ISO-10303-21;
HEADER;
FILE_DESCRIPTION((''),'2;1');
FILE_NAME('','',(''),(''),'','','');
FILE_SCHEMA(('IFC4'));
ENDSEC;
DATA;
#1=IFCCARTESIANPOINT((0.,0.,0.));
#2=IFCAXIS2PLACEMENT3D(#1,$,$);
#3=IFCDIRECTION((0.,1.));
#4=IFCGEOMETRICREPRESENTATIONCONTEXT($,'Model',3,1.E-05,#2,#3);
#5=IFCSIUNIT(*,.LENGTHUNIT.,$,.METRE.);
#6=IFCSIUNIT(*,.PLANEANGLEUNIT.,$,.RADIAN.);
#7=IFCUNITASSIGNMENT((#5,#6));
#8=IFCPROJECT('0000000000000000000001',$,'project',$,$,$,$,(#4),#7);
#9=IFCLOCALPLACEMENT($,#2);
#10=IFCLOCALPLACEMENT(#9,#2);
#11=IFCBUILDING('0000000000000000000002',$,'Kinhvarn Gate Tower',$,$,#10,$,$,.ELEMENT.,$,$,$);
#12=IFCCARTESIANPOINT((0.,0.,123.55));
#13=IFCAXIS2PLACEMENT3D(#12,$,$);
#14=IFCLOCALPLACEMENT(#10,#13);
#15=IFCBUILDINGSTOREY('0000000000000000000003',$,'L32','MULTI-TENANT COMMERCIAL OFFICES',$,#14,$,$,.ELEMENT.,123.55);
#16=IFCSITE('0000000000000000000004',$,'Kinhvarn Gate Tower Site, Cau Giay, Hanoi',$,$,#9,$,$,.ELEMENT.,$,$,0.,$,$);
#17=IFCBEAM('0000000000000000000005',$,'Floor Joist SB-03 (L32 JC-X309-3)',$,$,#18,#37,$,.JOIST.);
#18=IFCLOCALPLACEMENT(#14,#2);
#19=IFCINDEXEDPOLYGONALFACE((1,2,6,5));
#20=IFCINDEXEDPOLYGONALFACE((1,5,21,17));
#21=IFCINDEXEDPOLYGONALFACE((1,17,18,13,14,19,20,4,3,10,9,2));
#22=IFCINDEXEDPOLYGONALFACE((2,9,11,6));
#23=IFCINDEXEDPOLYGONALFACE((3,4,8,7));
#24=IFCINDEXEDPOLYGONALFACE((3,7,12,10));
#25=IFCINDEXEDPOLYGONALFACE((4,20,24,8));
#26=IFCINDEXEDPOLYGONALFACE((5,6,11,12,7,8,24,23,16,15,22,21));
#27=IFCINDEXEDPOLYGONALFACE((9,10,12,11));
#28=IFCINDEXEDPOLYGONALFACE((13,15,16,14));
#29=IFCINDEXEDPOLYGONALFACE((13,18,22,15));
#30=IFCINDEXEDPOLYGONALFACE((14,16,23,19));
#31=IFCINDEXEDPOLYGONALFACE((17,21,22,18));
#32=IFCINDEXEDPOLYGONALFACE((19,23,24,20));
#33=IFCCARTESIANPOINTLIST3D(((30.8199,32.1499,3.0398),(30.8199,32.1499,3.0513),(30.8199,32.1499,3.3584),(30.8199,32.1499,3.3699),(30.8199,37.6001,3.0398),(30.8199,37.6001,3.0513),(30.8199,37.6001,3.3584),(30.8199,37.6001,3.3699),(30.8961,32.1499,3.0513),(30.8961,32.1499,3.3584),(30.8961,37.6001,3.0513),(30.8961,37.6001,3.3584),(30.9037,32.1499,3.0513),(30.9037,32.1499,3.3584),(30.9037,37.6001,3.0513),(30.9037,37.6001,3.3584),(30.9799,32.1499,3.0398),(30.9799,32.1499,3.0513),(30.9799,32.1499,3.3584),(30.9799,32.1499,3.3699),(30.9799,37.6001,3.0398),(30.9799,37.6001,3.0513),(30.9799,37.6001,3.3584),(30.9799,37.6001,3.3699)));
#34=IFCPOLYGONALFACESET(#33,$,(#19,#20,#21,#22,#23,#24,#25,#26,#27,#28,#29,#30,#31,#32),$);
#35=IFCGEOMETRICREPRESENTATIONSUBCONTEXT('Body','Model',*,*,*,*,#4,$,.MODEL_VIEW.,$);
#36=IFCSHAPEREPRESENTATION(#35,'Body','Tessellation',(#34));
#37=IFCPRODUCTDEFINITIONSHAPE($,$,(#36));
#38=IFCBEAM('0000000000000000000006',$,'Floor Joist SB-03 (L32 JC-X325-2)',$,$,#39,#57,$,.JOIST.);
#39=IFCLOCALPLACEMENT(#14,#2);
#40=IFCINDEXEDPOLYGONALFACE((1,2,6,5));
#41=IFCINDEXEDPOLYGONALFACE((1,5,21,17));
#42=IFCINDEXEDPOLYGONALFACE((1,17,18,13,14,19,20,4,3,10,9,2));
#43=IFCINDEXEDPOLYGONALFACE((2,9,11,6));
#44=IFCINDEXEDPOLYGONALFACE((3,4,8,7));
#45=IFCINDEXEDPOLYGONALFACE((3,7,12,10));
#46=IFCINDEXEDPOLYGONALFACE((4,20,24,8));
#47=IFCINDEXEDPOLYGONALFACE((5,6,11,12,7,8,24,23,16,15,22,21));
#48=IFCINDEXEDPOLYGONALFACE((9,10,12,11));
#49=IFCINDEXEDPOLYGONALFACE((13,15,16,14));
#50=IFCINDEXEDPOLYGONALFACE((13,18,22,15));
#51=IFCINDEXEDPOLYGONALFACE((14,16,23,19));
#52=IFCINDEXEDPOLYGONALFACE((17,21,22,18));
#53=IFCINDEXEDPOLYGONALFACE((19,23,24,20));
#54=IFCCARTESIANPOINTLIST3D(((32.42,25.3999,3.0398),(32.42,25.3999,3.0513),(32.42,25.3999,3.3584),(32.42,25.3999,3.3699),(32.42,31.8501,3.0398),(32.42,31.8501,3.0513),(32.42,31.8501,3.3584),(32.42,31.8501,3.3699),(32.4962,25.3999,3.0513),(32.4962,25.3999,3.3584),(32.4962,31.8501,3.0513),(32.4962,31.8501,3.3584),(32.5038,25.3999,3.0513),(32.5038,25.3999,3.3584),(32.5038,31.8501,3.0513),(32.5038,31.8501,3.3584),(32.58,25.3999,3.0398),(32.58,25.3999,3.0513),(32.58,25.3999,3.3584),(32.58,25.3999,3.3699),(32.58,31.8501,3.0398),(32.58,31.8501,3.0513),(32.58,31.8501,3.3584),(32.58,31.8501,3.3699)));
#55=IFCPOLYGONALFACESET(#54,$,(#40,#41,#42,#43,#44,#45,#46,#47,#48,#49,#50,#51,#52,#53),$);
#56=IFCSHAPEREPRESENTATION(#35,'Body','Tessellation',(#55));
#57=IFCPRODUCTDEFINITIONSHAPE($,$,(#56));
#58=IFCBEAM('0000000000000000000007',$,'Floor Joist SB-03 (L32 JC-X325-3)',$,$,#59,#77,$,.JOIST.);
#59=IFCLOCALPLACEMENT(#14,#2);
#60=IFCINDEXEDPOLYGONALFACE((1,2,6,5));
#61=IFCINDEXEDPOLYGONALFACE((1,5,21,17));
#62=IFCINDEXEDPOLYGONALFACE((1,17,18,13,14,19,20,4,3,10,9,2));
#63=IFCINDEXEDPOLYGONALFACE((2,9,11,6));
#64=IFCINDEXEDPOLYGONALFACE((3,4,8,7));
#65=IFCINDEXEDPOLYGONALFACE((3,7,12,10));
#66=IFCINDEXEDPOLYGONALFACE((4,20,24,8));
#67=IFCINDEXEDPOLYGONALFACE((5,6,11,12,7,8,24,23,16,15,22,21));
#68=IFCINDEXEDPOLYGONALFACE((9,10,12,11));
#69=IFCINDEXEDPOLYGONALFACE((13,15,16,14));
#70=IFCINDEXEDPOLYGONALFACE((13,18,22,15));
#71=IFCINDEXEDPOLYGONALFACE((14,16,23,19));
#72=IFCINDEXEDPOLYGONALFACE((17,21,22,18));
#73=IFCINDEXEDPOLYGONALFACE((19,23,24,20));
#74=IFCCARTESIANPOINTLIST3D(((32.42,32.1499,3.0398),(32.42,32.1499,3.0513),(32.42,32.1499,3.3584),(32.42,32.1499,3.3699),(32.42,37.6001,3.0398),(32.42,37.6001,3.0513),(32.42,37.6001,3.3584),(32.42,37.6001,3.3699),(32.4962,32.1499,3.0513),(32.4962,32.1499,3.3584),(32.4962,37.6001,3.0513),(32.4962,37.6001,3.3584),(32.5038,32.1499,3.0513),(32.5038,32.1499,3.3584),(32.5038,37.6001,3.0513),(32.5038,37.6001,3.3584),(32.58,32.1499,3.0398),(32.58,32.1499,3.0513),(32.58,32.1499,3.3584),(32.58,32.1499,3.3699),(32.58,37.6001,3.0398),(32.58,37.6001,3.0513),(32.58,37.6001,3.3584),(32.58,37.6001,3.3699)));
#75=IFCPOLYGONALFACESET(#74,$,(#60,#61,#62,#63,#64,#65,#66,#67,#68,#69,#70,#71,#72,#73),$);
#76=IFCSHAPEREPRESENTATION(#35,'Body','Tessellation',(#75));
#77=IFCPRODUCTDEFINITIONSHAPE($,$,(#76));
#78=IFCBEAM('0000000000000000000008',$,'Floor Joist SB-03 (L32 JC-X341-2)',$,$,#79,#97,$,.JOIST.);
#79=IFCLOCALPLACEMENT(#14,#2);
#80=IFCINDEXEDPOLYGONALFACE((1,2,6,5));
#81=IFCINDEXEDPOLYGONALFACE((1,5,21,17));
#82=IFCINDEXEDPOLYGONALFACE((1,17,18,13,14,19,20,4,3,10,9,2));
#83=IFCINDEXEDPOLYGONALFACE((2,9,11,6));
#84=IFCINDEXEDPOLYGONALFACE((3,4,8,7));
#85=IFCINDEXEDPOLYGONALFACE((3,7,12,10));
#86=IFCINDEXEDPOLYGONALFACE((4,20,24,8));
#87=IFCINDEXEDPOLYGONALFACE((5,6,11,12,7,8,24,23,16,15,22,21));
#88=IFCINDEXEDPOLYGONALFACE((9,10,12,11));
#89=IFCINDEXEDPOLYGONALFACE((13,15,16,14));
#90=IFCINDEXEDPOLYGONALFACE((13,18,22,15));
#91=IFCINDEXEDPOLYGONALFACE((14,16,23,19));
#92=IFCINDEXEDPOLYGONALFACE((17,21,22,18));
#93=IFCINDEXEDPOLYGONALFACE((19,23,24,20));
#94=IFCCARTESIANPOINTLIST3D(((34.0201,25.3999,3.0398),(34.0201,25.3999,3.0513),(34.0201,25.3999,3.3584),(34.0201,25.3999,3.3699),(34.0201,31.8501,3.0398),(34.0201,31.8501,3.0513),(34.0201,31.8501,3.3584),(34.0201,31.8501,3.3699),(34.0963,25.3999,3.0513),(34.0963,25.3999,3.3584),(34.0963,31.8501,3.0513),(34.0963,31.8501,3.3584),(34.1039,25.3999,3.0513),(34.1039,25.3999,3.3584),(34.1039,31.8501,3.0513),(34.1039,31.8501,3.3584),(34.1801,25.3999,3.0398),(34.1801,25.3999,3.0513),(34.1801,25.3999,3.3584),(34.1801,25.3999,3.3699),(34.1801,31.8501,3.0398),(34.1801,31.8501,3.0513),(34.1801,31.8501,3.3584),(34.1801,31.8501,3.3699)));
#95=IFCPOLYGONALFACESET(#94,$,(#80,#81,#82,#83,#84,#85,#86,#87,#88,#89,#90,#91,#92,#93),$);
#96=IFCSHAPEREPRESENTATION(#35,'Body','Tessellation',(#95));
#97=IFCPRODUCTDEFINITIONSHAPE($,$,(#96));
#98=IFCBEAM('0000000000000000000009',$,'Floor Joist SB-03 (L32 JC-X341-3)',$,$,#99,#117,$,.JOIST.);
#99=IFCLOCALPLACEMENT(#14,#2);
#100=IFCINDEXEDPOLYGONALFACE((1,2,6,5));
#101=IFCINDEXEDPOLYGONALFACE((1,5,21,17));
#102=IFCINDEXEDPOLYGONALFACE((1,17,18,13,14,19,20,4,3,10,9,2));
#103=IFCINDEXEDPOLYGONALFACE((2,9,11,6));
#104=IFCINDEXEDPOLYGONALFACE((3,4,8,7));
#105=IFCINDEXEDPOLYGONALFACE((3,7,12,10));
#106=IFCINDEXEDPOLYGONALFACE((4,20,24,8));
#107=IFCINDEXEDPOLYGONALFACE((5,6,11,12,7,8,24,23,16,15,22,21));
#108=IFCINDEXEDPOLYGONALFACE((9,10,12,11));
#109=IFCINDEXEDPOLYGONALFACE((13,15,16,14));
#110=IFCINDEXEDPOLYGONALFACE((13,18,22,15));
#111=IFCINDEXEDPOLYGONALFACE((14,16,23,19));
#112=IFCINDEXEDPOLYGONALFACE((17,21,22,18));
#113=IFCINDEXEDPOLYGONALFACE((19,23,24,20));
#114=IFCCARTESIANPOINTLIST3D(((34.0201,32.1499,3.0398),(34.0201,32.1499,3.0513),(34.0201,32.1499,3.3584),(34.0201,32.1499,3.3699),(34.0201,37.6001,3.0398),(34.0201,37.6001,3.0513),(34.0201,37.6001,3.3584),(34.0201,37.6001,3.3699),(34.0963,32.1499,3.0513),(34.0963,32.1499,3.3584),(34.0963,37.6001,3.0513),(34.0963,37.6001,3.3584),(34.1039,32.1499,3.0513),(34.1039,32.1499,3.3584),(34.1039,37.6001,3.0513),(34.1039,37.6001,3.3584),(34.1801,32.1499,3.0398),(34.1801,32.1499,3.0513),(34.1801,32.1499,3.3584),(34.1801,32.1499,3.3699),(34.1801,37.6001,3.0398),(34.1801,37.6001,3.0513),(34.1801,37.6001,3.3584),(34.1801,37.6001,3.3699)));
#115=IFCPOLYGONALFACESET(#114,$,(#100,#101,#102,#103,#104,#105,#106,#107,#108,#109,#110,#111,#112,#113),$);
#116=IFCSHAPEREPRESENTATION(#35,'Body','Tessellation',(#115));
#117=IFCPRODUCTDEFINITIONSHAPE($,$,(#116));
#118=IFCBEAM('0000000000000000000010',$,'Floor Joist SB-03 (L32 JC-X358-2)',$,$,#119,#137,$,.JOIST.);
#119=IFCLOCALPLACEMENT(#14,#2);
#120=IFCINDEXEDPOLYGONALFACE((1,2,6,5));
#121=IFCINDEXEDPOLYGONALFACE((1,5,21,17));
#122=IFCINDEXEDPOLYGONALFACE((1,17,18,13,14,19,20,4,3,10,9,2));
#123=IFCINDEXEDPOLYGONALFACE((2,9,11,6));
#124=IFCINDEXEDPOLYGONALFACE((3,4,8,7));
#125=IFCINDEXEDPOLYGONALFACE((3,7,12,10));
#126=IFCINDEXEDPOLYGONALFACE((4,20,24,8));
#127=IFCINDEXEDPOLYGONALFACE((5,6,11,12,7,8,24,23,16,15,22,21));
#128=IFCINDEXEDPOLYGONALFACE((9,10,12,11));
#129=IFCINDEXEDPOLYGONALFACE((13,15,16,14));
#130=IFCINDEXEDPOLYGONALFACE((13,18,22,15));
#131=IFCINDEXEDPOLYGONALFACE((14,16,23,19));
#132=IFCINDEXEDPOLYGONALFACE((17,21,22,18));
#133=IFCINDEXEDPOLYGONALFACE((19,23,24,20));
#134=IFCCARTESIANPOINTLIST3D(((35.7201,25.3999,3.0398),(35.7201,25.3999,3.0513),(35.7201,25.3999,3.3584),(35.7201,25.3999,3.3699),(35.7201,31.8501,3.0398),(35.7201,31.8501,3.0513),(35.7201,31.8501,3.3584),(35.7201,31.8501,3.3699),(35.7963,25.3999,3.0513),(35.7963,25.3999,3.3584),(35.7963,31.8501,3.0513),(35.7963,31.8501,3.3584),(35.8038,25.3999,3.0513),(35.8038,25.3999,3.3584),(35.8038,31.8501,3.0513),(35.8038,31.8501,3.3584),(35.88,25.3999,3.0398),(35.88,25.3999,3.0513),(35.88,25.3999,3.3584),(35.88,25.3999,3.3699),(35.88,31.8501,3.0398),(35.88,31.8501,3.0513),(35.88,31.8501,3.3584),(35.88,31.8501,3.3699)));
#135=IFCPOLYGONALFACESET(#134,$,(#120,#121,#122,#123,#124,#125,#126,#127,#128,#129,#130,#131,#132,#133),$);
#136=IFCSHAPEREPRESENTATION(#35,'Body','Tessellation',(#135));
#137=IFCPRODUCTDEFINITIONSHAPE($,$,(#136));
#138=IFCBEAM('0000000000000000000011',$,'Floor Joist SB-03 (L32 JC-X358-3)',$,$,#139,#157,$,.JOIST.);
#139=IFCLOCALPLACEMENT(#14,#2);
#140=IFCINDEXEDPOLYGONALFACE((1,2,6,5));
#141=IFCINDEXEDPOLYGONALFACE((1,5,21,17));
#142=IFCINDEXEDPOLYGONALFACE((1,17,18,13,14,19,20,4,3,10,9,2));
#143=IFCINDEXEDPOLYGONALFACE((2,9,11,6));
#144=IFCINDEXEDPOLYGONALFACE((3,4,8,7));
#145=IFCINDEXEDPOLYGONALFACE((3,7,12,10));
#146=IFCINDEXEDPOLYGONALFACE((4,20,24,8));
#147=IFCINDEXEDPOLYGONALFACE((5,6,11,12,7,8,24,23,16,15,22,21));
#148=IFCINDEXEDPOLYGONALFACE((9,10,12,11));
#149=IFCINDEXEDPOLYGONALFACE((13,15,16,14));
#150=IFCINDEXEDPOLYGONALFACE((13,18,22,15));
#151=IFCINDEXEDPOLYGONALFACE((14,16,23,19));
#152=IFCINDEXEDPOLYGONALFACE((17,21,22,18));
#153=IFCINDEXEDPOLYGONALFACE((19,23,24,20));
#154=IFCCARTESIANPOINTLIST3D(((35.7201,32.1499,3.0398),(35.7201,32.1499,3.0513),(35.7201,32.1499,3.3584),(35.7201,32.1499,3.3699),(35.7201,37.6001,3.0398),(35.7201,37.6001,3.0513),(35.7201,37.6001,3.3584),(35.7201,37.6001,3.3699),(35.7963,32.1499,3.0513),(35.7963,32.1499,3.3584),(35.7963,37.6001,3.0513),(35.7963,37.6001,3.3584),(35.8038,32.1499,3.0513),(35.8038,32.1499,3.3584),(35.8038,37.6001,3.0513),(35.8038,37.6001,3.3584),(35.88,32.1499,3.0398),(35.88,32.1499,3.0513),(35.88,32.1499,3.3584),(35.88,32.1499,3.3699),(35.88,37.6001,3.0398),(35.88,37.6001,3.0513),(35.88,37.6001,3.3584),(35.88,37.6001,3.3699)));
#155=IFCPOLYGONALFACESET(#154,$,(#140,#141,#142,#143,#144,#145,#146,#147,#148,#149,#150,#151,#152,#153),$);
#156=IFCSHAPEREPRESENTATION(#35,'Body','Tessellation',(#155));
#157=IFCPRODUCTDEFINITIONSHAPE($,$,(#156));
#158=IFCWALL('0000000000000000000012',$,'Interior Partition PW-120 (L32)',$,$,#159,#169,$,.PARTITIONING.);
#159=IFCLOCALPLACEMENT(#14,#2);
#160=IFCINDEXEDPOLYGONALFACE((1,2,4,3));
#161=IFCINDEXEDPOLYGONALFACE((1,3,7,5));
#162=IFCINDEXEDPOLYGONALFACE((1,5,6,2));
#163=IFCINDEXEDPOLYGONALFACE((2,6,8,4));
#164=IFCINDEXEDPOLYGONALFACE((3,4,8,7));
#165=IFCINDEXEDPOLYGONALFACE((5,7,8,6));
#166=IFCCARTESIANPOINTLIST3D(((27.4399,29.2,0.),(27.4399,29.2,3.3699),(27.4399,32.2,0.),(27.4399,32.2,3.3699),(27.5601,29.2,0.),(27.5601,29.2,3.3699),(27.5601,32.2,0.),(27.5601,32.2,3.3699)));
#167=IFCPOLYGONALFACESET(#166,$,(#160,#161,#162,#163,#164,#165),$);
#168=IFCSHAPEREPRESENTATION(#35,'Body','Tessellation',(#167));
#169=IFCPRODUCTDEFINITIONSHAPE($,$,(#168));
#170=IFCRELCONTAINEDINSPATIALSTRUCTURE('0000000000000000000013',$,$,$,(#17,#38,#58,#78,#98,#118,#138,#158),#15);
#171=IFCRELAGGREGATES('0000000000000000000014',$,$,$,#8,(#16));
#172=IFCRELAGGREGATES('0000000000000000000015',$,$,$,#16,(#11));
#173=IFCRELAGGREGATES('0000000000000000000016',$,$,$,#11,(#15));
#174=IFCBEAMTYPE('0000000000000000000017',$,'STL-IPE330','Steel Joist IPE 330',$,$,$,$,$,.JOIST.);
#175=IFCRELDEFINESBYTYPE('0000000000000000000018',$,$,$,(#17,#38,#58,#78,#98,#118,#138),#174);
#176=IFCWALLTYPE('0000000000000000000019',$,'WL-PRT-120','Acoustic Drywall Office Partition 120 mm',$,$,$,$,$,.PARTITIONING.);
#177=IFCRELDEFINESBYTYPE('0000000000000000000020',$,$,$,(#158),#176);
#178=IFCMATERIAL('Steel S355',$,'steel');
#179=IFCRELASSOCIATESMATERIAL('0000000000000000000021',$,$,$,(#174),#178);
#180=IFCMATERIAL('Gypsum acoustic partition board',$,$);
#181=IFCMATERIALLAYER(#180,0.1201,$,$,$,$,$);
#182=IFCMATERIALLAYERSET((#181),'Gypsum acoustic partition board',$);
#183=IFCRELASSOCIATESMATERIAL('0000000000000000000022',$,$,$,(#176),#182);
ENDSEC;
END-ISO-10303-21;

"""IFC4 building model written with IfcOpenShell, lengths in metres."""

from ifc_helpers import new_model, si_unit, direction, frame, frame_2d, origin, origin_2d, place, context, subcontext, project, spatial, rectangle, i_section, extrude, material, layer, layer_set, material_profile, profile_set, type_object, element, save


model = new_model("IFC4")

# Units and contexts
model_context = context("Model", 3, precision=1e-05, world=origin(), true_north=direction((0.0, 1.0)))
body_context = subcontext(model_context, "Body", "Model", "MODEL_VIEW")
ifc_project = project(units=[si_unit("LENGTHUNIT", "METRE"), si_unit("PLANEANGLEUNIT", "RADIAN")], contexts=[model_context])

# Site, building, storey
site_placement = place(None, origin())
site = spatial("IfcSite", under=ifc_project, at=site_placement, Name="Kinhvarn Gate Tower Site, Cau Giay, Hanoi", CompositionType="ELEMENT", RefElevation=0.0)
building_placement = place(site_placement, origin())
building = spatial("IfcBuilding", under=site, at=building_placement, Name="Kinhvarn Gate Tower", CompositionType="ELEMENT")
storey_placement = place(building_placement, frame((0.0, 0.0, 123.55)))
storey = spatial("IfcBuildingStorey", under=building, at=storey_placement, Name="L32", Description="MULTI-TENANT COMMERCIAL OFFICES", CompositionType="ELEMENT", Elevation=123.55)

# Beams
ifc_material_1 = material(Name="Steel S355", Category="steel")
ifc_material_profile_1 = material_profile(ifc_material_1, i_section(OverallWidth=0.1599, OverallDepth=0.3301, WebThickness=0.0076, FlangeThickness=0.0115, at=origin_2d()), Name="IPE 330")
ifc_profile_set_1 = profile_set([ifc_material_profile_1], Name="Steel S355")
beam_type_1 = type_object("IfcBeamType", Name="STL-IPE330", Description="Steel Joist IPE 330", PredefinedType="JOIST", material=ifc_profile_set_1)
beam_1_placement = place(storey_placement, frame((30.8999, 32.1499, 3.2048), z_axis=(0.0, 1.0, 0.0), x_axis=(-1.0, 0.0, 0.0)))
element("IfcBeam", 1, at=beam_1_placement, inside=storey, type_object=beam_type_1, Name="Floor Joist SB-03 (L32 JC-X309-3)", PredefinedType="JOIST", context=body_context, shape_type="SweptSolid", body=[
    extrude(i_section(OverallWidth=0.1599, OverallDepth=0.3301, WebThickness=0.0076, FlangeThickness=0.0115, at=origin_2d()), origin(), (0.0, 0.0, 1.0), 5.4502),
])
beam_2_placement = place(storey_placement, frame((32.5, 25.3999, 3.2048), z_axis=(0.0, 1.0, 0.0), x_axis=(-1.0, 0.0, 0.0)))
element("IfcBeam", 2, at=beam_2_placement, inside=storey, type_object=beam_type_1, Name="Floor Joist SB-03 (L32 JC-X325-2)", PredefinedType="JOIST", context=body_context, shape_type="SweptSolid", body=[
    extrude(i_section(OverallWidth=0.1599, OverallDepth=0.3301, WebThickness=0.0076, FlangeThickness=0.0115, at=origin_2d()), origin(), (0.0, 0.0, 1.0), 6.4502),
])
beam_3_placement = place(storey_placement, frame((32.5, 32.1499, 3.2048), z_axis=(0.0, 1.0, 0.0), x_axis=(-1.0, 0.0, 0.0)))
element("IfcBeam", 3, at=beam_3_placement, inside=storey, type_object=beam_type_1, Name="Floor Joist SB-03 (L32 JC-X325-3)", PredefinedType="JOIST", context=body_context, shape_type="SweptSolid", body=[
    extrude(i_section(OverallWidth=0.1599, OverallDepth=0.3301, WebThickness=0.0076, FlangeThickness=0.0115, at=origin_2d()), origin(), (0.0, 0.0, 1.0), 5.4502),
])
beam_4_placement = place(storey_placement, frame((34.1001, 25.3999, 3.2048), z_axis=(0.0, 1.0, 0.0), x_axis=(-1.0, 0.0, 0.0)))
element("IfcBeam", 4, at=beam_4_placement, inside=storey, type_object=beam_type_1, Name="Floor Joist SB-03 (L32 JC-X341-2)", PredefinedType="JOIST", context=body_context, shape_type="SweptSolid", body=[
    extrude(i_section(OverallWidth=0.1599, OverallDepth=0.3301, WebThickness=0.0076, FlangeThickness=0.0115, at=origin_2d()), origin(), (0.0, 0.0, 1.0), 6.4502),
])
beam_5_placement = place(storey_placement, frame((34.1001, 32.1499, 3.2048), z_axis=(0.0, 1.0, 0.0), x_axis=(-1.0, 0.0, 0.0)))
element("IfcBeam", 5, at=beam_5_placement, inside=storey, type_object=beam_type_1, Name="Floor Joist SB-03 (L32 JC-X341-3)", PredefinedType="JOIST", context=body_context, shape_type="SweptSolid", body=[
    extrude(i_section(OverallWidth=0.1599, OverallDepth=0.3301, WebThickness=0.0076, FlangeThickness=0.0115, at=origin_2d()), origin(), (0.0, 0.0, 1.0), 5.4502),
])
beam_6_placement = place(storey_placement, frame((35.8, 25.3999, 3.2048), z_axis=(0.0, 1.0, 0.0), x_axis=(-1.0, 0.0, 0.0)))
element("IfcBeam", 6, at=beam_6_placement, inside=storey, type_object=beam_type_1, Name="Floor Joist SB-03 (L32 JC-X358-2)", PredefinedType="JOIST", context=body_context, shape_type="SweptSolid", body=[
    extrude(i_section(OverallWidth=0.1599, OverallDepth=0.3301, WebThickness=0.0076, FlangeThickness=0.0115, at=origin_2d()), origin(), (0.0, 0.0, 1.0), 6.4502),
])
beam_7_placement = place(storey_placement, frame((35.8, 32.1499, 3.2048), z_axis=(0.0, 1.0, 0.0), x_axis=(-1.0, 0.0, 0.0)))
element("IfcBeam", 7, at=beam_7_placement, inside=storey, type_object=beam_type_1, Name="Floor Joist SB-03 (L32 JC-X358-3)", PredefinedType="JOIST", context=body_context, shape_type="SweptSolid", body=[
    extrude(i_section(OverallWidth=0.1599, OverallDepth=0.3301, WebThickness=0.0076, FlangeThickness=0.0115, at=origin_2d()), origin(), (0.0, 0.0, 1.0), 5.4502),
])

# Wall
ifc_material_2 = material(Name="Gypsum acoustic partition board")
ifc_layer_1 = layer(ifc_material_2, 0.1201)
ifc_layer_set_1 = layer_set([ifc_layer_1], Name="Gypsum acoustic partition board")
wall_type_1 = type_object("IfcWallType", Name="WL-PRT-120", Description="Acoustic Drywall Office Partition 120 mm", PredefinedType="PARTITIONING", material=ifc_layer_set_1)
wall_1_placement = place(storey_placement, frame((27.5, 29.2, 0.0), z_axis=(0.0, 0.0, 1.0), x_axis=(0.0, 1.0, 0.0)))
element("IfcWall", 8, at=wall_1_placement, inside=storey, type_object=wall_type_1, Name="Interior Partition PW-120 (L32)", PredefinedType="PARTITIONING", context=body_context, shape_type="SweptSolid", body=[
    extrude(rectangle(XDim=3.0, YDim=0.1201, at=frame_2d((1.5, 0.0))), origin(), (0.0, 0.0, 1.0), 3.3699),
])

save(model, "model.ifc")
